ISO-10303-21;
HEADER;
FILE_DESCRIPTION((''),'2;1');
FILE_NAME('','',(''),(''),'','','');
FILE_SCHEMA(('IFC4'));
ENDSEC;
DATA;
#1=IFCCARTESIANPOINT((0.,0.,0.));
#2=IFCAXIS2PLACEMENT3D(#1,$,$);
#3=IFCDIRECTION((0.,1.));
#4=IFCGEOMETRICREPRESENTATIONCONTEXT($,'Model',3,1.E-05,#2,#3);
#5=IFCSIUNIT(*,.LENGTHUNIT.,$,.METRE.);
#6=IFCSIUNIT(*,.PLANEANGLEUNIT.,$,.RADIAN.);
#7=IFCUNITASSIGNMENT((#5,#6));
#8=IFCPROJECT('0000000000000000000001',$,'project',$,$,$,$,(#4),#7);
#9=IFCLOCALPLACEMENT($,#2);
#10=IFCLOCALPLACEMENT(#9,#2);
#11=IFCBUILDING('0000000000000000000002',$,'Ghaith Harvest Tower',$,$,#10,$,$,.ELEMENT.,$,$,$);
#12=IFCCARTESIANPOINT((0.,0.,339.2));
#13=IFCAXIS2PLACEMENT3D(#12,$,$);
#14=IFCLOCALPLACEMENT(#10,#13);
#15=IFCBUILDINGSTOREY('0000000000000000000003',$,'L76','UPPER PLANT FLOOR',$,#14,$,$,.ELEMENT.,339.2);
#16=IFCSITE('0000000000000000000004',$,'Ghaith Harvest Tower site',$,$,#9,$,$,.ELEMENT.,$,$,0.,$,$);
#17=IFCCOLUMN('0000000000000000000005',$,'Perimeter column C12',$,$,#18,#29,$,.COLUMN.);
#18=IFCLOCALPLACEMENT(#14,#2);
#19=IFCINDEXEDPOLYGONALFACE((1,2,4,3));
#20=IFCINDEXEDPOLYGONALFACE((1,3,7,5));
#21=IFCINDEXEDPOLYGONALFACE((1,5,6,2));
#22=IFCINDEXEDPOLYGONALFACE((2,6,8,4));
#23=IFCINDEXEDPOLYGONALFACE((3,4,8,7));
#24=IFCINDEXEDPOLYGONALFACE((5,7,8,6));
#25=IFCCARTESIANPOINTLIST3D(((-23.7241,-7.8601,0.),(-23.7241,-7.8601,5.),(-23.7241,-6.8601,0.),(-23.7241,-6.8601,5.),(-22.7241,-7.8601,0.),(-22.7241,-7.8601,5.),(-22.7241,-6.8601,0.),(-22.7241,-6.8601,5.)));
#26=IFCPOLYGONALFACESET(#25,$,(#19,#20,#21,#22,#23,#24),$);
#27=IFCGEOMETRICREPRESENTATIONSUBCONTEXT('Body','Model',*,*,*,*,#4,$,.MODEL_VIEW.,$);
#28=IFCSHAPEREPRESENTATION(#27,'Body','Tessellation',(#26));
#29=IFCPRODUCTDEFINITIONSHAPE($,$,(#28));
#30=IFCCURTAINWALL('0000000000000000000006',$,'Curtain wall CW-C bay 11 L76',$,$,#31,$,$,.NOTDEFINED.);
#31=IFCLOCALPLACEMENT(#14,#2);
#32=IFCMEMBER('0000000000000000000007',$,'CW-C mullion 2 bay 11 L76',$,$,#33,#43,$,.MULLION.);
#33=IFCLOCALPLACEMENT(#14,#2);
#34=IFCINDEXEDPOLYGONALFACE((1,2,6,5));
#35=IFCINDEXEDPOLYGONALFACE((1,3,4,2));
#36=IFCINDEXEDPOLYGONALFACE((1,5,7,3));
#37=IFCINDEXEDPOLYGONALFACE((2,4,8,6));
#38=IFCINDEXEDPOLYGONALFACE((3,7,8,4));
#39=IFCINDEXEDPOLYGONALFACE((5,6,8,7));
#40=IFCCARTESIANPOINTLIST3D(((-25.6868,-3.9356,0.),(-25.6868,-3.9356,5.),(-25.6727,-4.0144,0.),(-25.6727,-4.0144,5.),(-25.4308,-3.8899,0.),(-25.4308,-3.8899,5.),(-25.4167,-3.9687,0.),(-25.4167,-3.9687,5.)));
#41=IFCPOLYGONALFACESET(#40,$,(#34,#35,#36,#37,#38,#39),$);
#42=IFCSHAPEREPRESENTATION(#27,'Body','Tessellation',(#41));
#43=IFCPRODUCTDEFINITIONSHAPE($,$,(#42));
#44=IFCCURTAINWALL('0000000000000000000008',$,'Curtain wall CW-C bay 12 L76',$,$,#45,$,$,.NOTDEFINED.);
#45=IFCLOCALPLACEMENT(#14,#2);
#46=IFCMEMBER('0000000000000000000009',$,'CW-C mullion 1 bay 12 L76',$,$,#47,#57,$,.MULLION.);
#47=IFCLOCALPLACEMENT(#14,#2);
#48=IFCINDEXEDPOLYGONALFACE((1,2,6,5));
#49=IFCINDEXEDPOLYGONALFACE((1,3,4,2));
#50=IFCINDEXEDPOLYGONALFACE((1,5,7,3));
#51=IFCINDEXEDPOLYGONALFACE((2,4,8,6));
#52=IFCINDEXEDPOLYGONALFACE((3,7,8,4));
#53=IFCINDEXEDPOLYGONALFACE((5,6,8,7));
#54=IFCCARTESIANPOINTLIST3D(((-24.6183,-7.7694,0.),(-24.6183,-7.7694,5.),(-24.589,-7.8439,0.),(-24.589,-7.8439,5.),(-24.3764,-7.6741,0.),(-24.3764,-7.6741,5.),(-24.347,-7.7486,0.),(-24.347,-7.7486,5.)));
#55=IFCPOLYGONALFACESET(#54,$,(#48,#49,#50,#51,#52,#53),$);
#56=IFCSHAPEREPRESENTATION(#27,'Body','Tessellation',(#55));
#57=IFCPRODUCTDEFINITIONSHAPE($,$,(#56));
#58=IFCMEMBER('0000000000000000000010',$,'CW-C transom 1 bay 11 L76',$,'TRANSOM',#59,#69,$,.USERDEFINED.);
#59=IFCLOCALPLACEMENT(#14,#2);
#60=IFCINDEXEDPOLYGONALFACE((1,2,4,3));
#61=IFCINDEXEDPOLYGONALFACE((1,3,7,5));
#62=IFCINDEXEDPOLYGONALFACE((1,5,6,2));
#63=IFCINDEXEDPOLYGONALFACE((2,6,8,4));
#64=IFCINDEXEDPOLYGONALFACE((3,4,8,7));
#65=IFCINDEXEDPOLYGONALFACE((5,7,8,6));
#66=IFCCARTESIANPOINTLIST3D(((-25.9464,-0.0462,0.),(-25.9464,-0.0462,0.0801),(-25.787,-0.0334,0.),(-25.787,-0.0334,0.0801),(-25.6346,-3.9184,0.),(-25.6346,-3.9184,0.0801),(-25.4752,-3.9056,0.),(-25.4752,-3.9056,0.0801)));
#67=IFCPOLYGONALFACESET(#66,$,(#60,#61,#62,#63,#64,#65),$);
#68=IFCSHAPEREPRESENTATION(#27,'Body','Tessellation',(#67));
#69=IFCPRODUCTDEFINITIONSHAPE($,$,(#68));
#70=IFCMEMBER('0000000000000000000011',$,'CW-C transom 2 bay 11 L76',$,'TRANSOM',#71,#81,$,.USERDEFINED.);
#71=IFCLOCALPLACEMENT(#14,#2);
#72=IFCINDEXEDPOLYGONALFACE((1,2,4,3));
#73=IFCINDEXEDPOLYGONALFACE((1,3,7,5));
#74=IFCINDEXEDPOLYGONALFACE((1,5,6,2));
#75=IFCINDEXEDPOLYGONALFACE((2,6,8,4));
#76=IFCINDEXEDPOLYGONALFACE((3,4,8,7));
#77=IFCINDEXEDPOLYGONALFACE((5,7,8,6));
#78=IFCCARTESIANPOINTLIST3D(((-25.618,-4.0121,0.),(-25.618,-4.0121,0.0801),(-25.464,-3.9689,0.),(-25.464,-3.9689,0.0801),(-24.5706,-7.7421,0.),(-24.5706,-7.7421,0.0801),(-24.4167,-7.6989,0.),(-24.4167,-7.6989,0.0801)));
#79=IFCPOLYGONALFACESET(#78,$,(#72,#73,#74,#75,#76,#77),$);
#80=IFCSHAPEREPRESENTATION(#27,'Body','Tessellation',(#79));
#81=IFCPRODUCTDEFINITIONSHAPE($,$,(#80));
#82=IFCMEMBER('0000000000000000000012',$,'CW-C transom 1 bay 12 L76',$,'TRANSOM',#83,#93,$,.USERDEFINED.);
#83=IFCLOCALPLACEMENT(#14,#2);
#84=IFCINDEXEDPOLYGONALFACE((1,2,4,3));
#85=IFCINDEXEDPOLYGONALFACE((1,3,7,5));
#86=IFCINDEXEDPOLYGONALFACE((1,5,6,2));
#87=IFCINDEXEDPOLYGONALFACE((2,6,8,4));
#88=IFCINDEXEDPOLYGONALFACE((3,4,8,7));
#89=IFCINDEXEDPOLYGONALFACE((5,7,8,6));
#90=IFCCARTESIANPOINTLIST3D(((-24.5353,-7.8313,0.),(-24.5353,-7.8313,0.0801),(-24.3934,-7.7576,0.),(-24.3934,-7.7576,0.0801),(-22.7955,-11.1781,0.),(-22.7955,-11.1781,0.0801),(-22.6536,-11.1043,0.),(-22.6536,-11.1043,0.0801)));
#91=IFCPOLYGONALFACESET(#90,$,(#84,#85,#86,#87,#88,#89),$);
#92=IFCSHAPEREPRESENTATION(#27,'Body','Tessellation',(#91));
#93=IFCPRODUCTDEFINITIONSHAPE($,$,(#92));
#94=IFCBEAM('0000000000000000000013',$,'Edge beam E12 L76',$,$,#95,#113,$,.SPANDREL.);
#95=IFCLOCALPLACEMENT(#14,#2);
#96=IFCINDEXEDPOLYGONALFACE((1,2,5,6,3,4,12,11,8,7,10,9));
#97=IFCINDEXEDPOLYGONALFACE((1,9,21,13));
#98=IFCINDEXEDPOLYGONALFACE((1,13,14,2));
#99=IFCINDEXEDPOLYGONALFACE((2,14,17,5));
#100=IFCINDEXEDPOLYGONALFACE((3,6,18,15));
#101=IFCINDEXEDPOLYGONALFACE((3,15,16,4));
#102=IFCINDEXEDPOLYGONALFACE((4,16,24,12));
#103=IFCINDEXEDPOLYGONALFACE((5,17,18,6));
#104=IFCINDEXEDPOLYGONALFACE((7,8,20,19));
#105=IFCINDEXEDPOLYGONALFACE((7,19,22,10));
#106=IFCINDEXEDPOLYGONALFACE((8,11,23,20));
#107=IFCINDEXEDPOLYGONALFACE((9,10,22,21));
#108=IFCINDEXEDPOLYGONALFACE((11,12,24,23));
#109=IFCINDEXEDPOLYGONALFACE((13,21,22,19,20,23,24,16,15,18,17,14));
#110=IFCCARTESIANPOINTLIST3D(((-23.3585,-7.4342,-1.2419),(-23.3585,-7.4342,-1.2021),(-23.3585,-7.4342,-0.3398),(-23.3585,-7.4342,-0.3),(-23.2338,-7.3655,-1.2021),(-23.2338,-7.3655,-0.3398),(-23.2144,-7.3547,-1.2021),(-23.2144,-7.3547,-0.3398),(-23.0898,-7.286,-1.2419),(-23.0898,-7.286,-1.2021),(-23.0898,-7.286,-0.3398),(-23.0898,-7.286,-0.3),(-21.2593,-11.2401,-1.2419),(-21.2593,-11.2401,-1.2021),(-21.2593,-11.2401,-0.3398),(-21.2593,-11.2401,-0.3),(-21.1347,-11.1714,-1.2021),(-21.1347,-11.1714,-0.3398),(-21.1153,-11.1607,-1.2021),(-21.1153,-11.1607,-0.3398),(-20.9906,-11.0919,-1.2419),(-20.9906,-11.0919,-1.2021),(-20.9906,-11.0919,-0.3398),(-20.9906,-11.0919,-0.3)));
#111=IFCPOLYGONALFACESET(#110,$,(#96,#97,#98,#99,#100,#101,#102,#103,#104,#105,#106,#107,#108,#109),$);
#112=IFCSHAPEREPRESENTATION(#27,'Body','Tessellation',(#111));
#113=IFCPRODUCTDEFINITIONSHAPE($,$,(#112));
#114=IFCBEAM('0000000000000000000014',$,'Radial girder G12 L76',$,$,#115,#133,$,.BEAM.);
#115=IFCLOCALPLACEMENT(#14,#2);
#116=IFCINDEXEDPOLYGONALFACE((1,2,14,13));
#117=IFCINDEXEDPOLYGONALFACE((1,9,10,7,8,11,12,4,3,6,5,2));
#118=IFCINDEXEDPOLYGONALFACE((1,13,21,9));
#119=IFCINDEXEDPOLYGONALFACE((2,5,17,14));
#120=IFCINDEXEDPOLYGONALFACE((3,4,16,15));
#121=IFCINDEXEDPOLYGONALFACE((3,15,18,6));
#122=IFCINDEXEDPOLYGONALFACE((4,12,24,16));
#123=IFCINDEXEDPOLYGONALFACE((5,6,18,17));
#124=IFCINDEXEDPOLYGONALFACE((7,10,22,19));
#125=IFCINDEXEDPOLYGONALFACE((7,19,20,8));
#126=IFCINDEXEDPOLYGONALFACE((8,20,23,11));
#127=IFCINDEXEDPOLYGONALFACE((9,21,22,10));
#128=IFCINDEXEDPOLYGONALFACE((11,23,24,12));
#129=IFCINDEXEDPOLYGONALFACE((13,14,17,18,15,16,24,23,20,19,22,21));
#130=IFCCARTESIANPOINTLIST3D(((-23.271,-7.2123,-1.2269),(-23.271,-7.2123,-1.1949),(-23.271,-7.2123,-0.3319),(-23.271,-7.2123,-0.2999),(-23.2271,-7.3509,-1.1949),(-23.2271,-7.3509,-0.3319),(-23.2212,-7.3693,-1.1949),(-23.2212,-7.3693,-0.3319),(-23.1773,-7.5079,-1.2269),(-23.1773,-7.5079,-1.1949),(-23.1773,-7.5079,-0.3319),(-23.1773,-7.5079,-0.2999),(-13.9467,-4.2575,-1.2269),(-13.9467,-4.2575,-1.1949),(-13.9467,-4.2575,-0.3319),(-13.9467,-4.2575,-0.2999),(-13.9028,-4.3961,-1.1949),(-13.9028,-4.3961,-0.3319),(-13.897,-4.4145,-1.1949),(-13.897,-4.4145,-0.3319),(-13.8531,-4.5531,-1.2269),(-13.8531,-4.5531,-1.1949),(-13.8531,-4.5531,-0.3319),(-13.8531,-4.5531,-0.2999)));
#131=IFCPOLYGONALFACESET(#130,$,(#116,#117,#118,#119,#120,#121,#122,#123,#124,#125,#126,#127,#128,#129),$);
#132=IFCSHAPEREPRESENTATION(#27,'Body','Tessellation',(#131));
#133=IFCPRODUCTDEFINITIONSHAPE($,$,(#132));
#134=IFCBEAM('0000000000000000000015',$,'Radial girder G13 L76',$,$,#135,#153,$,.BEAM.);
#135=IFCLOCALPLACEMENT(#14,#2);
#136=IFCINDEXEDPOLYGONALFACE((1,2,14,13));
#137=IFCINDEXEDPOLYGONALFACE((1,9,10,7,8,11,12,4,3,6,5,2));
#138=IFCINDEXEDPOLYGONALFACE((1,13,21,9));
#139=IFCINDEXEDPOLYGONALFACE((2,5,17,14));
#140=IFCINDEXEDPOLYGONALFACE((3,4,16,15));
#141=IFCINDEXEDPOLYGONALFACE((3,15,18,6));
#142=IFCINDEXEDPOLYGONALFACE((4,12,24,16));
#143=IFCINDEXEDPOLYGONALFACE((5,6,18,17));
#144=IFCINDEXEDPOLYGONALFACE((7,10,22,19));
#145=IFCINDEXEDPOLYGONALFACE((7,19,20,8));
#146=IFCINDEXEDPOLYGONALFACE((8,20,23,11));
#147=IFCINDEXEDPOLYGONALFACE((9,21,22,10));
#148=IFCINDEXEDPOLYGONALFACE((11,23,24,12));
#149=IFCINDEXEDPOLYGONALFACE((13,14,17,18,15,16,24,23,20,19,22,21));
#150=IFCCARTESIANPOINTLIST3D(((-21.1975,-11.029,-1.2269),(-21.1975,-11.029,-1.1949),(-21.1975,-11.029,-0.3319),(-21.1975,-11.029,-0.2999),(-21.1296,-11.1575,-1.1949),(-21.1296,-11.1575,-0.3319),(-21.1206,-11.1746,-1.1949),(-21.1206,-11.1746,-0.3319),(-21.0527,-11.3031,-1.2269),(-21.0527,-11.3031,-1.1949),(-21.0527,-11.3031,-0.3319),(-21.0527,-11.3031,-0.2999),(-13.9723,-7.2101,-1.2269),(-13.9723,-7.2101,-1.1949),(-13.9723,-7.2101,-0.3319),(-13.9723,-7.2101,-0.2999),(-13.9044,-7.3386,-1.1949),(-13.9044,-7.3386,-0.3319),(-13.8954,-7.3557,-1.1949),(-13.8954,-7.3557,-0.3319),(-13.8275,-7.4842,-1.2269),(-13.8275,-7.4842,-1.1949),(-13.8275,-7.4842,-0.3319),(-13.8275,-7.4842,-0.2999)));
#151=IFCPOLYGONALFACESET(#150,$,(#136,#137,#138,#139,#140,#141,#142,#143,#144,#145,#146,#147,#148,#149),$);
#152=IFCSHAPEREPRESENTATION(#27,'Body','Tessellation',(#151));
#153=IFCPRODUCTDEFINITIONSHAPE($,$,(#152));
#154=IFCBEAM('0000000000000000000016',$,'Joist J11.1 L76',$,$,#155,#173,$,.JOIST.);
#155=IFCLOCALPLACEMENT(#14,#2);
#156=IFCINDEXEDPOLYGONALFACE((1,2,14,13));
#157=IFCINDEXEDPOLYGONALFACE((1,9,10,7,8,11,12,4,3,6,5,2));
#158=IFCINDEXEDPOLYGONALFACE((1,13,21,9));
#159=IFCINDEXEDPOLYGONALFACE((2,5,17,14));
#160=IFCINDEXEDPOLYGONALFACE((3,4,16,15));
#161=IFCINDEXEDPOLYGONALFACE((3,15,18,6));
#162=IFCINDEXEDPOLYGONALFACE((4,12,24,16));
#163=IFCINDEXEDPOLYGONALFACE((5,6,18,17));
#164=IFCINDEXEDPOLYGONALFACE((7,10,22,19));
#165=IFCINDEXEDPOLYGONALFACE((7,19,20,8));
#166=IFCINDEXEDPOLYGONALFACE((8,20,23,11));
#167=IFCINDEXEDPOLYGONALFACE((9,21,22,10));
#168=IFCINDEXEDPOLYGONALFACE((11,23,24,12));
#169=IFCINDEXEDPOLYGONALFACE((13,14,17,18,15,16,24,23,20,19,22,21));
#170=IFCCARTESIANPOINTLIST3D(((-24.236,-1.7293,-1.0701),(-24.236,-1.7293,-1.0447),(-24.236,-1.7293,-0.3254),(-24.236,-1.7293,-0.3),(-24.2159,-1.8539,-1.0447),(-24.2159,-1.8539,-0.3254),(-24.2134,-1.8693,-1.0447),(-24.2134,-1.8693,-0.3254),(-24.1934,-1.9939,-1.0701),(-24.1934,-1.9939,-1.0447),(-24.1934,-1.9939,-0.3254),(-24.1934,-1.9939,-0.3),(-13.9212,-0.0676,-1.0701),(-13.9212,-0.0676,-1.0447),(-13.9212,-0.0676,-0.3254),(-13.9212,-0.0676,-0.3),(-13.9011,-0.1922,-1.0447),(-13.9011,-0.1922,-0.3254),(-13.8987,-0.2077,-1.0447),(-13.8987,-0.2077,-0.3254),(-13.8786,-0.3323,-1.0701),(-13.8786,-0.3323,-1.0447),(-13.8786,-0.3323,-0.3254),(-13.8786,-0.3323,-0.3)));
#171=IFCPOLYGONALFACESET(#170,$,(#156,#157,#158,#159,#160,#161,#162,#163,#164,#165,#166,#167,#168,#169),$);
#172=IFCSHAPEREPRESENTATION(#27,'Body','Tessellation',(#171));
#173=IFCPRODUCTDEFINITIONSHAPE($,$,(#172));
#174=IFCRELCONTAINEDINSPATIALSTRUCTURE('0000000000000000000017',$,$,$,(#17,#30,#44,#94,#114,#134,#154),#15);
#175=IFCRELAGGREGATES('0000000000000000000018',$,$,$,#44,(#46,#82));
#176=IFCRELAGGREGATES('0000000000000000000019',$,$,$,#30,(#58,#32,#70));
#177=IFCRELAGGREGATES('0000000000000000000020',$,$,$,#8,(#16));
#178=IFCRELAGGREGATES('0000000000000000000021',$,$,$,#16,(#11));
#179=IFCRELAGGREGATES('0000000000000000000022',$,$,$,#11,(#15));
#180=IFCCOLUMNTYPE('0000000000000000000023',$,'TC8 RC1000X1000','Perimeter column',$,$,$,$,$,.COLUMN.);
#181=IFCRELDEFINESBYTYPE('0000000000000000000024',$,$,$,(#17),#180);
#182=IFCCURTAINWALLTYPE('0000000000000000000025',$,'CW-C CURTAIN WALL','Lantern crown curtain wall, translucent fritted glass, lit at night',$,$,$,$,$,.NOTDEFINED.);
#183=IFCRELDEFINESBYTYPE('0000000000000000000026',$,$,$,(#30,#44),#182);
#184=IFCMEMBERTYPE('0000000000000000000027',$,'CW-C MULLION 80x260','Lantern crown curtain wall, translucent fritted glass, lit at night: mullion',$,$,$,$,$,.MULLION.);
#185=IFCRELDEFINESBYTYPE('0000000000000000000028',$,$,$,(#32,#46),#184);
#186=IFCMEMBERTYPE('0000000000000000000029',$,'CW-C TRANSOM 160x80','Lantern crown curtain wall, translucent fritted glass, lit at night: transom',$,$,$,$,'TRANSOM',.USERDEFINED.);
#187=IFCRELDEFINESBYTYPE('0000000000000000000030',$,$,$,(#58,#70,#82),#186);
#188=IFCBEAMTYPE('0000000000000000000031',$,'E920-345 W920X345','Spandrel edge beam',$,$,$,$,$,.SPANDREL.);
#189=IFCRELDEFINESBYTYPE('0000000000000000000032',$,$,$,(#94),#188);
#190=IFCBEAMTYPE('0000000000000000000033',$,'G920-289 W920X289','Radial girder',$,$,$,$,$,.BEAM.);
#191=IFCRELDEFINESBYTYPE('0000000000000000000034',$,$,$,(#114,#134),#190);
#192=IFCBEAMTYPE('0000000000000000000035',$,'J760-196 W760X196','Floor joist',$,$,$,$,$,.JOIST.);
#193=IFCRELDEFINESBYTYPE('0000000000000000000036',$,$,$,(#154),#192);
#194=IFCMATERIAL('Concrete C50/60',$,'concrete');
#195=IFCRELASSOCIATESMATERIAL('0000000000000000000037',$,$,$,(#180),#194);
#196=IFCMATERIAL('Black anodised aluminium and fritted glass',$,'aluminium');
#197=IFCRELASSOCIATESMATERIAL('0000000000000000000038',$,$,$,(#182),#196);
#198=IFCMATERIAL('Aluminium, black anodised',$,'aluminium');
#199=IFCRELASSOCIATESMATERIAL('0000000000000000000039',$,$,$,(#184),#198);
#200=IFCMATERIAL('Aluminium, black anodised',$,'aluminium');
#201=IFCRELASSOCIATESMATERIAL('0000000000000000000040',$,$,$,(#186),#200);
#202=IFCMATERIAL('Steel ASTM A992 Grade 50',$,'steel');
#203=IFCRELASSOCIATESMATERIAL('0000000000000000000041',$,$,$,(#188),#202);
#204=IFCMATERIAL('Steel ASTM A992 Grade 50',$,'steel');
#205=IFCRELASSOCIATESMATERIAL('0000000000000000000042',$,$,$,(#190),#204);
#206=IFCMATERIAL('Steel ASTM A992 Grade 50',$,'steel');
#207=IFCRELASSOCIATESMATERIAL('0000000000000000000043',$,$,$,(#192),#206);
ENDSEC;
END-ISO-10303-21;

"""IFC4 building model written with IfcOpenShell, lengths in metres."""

from ifc_helpers import new_model, si_unit, direction, frame, origin, origin_2d, place, context, subcontext, project, spatial, rectangle, i_section, extrude, material, material_profile, profile_set, type_object, element, aggregate, save


model = new_model("IFC4")

# Units and contexts
model_context = context("Model", 3, precision=1e-05, world=origin(), true_north=direction((0.0, 1.0)))
body_context = subcontext(model_context, "Body", "Model", "MODEL_VIEW")
ifc_project = project(units=[si_unit("LENGTHUNIT", "METRE"), si_unit("PLANEANGLEUNIT", "RADIAN")], contexts=[model_context])

# Site, building, storey
site_placement = place(None, origin())
site = spatial("IfcSite", under=ifc_project, at=site_placement, Name="Ghaith Harvest Tower site", CompositionType="ELEMENT", RefElevation=0.0)
building_placement = place(site_placement, origin())
building = spatial("IfcBuilding", under=site, at=building_placement, Name="Ghaith Harvest Tower", CompositionType="ELEMENT")
storey_placement = place(building_placement, frame((0.0, 0.0, 339.2)))
storey = spatial("IfcBuildingStorey", under=building, at=storey_placement, Name="L76", Description="UPPER PLANT FLOOR", CompositionType="ELEMENT", Elevation=339.2)

# Column
ifc_material_1 = material(Name="Concrete C50/60", Category="concrete")
ifc_material_profile_1 = material_profile(ifc_material_1, rectangle(XDim=1.0, YDim=1.0, at=origin_2d()), Name="RC1000X1000")
ifc_profile_set_1 = profile_set([ifc_material_profile_1], Name="Concrete C50/60")
column_type = type_object("IfcColumnType", Name="TC8 RC1000X1000", Description="Perimeter column", PredefinedType="COLUMN", material=ifc_profile_set_1)
column_placement = place(storey_placement, frame((-23.2241, -7.3601, 0.0), z_axis=(0.0, 0.0, 1.0), x_axis=(1.0, 0.0, 0.0)))
element("IfcColumn", 1, at=column_placement, inside=storey, type_object=column_type, Name="Perimeter column C12", PredefinedType="COLUMN", context=body_context, shape_type="SweptSolid", body=[
    extrude(rectangle(XDim=1.0, YDim=1.0, at=origin_2d()), origin(), (0.0, 0.0, 1.0), 5.0),
])

# Curtain walls, members
ifc_material_2 = material(Name="Black anodised aluminium and fritted glass", Category="aluminium")
curtain_wall_type = type_object("IfcCurtainWallType", Name="CW-C CURTAIN WALL", Description="Lantern crown curtain wall, translucent fritted glass, lit at night", PredefinedType="NOTDEFINED", material=ifc_material_2)
curtain_wall_1_placement = place(storey_placement, origin())
curtain_wall_1 = element("IfcCurtainWall", 2, at=curtain_wall_1_placement, inside=storey, type_object=curtain_wall_type, Name="Curtain wall CW-C bay 11 L76", PredefinedType="NOTDEFINED")
ifc_material_3 = material(Name="Aluminium, black anodised", Category="aluminium")
ifc_material_profile_2 = material_profile(ifc_material_3, rectangle(XDim=0.0801, YDim=0.26, at=origin_2d()), Name="CW-C MULLION 80x260")
ifc_profile_set_2 = profile_set([ifc_material_profile_2], Name="Aluminium, black anodised")
member_type_1 = type_object("IfcMemberType", Name="CW-C MULLION 80x260", Description="Lantern crown curtain wall, translucent fritted glass, lit at night: mullion", PredefinedType="MULLION", material=ifc_profile_set_2)
member_1_placement = place(storey_placement, frame((-25.5518, -3.9521, 0.0), z_axis=(0.0, 0.0, 1.0), x_axis=(0.176001, -0.98439, 0.0)))
member_1 = element("IfcMember", 3, at=member_1_placement, type_object=member_type_1, Name="CW-C mullion 2 bay 11 L76", PredefinedType="MULLION", context=body_context, shape_type="SweptSolid", body=[
    extrude(rectangle(XDim=0.0801, YDim=0.26, at=origin_2d()), origin(), (0.0, 0.0, 1.0), 5.0),
])
curtain_wall_2_placement = place(storey_placement, origin())
curtain_wall_2 = element("IfcCurtainWall", 4, at=curtain_wall_2_placement, inside=storey, type_object=curtain_wall_type, Name="Curtain wall CW-C bay 12 L76", PredefinedType="NOTDEFINED")
member_2_placement = place(storey_placement, frame((-24.4827, -7.759, 0.0), z_axis=(0.0, 0.0, 1.0), x_axis=(0.366473, -0.930429, 0.0)))
member_2 = element("IfcMember", 5, at=member_2_placement, type_object=member_type_1, Name="CW-C mullion 1 bay 12 L76", PredefinedType="MULLION", context=body_context, shape_type="SweptSolid", body=[
    extrude(rectangle(XDim=0.0801, YDim=0.26, at=origin_2d()), origin(), (0.0, 0.0, 1.0), 5.0),
])

# Members
ifc_material_4 = material(Name="Aluminium, black anodised", Category="aluminium")
ifc_material_profile_3 = material_profile(ifc_material_4, rectangle(XDim=0.1599, YDim=0.0801, at=origin_2d()), Name="CW-C TRANSOM 160x80")
ifc_profile_set_3 = profile_set([ifc_material_profile_3], Name="Aluminium, black anodised")
member_type_2 = type_object("IfcMemberType", Name="CW-C TRANSOM 160x80", Description="Lantern crown curtain wall, translucent fritted glass, lit at night: transom", ElementType="TRANSOM", PredefinedType="USERDEFINED", material=ifc_profile_set_3)
member_3_placement = place(storey_placement, frame((-25.8667, -0.0398, 0.04), z_axis=(0.080252, -0.996775, 0.0), x_axis=(0.996775, 0.080252, 0.0)))
member_3 = element("IfcMember", 6, at=member_3_placement, type_object=member_type_2, Name="CW-C transom 1 bay 11 L76", ObjectType="TRANSOM", PredefinedType="USERDEFINED", context=body_context, shape_type="SweptSolid", body=[
    extrude(rectangle(XDim=0.1599, YDim=0.0801, at=origin_2d()), origin(), (0.0, 0.0, 1.0), 3.8848),
])
member_4_placement = place(storey_placement, frame((-25.541, -3.9905, 0.04), z_axis=(0.27034, -0.962765, 0.0), x_axis=(0.962765, 0.27034, 0.0)))
member_4 = element("IfcMember", 7, at=member_4_placement, type_object=member_type_2, Name="CW-C transom 2 bay 11 L76", ObjectType="TRANSOM", PredefinedType="USERDEFINED", context=body_context, shape_type="SweptSolid", body=[
    extrude(rectangle(XDim=0.1599, YDim=0.0801, at=origin_2d()), origin(), (0.0, 0.0, 1.0), 3.8743),
])
member_5_placement = place(storey_placement, frame((-24.4644, -7.7944, 0.04), z_axis=(0.461243, -0.887274, 0.0), x_axis=(0.887274, 0.461243, 0.0)))
member_5 = element("IfcMember", 8, at=member_5_placement, type_object=member_type_2, Name="CW-C transom 1 bay 12 L76", ObjectType="TRANSOM", PredefinedType="USERDEFINED", context=body_context, shape_type="SweptSolid", body=[
    extrude(rectangle(XDim=0.1599, YDim=0.0801, at=origin_2d()), origin(), (0.0, 0.0, 1.0), 3.772),
])
aggregate(curtain_wall_2, [member_2, member_5])

# Beams
ifc_material_5 = material(Name="Steel ASTM A992 Grade 50", Category="steel")
ifc_material_profile_4 = material_profile(ifc_material_5, i_section(OverallWidth=0.3069, OverallDepth=0.9419, WebThickness=0.0222, FlangeThickness=0.0398, at=origin_2d()), Name="W920X345")
ifc_profile_set_4 = profile_set([ifc_material_profile_4], Name="Steel ASTM A992 Grade 50")
beam_type_1 = type_object("IfcBeamType", Name="E920-345 W920X345", Description="Spandrel edge beam", PredefinedType="SPANDREL", material=ifc_profile_set_4)
beam_1_placement = place(storey_placement, frame((-23.2241, -7.3601, -0.771), z_axis=(0.482956, -0.875645, 0.0), x_axis=(0.875645, 0.482956, 0.0)))
element("IfcBeam", 9, at=beam_1_placement, inside=storey, type_object=beam_type_1, Name="Edge beam E12 L76", PredefinedType="SPANDREL", context=body_context, shape_type="SweptSolid", body=[
    extrude(i_section(OverallWidth=0.3069, OverallDepth=0.9419, WebThickness=0.0222, FlangeThickness=0.0398, at=origin_2d()), origin(), (0.0, 0.0, 1.0), 4.3464),
])
ifc_material_6 = material(Name="Steel ASTM A992 Grade 50", Category="steel")
ifc_material_profile_5 = material_profile(ifc_material_6, i_section(OverallWidth=0.3101, OverallDepth=0.927, WebThickness=0.0193, FlangeThickness=0.032, at=origin_2d()), Name="W920X289")
ifc_profile_set_5 = profile_set([ifc_material_profile_5], Name="Steel ASTM A992 Grade 50")
beam_type_2 = type_object("IfcBeamType", Name="G920-289 W920X289", Description="Radial girder", PredefinedType="BEAM", material=ifc_profile_set_5)
beam_2_placement = place(storey_placement, frame((-13.8999, -4.4053, -0.7634), z_axis=(-0.953279, -0.302093, 0.0), x_axis=(0.302093, -0.953279, 0.0)))
element("IfcBeam", 10, at=beam_2_placement, inside=storey, type_object=beam_type_2, Name="Radial girder G12 L76", PredefinedType="BEAM", context=body_context, shape_type="SweptSolid", body=[
    extrude(i_section(OverallWidth=0.3101, OverallDepth=0.927, WebThickness=0.0193, FlangeThickness=0.032, at=origin_2d()), origin(), (0.0, 0.0, 1.0), 9.7812),
])
beam_3_placement = place(storey_placement, frame((-13.8999, -7.3472, -0.7634), z_axis=(-0.884102, -0.467295, 0.0), x_axis=(0.467295, -0.884102, 0.0)))
element("IfcBeam", 11, at=beam_3_placement, inside=storey, type_object=beam_type_2, Name="Radial girder G13 L76", PredefinedType="BEAM", context=body_context, shape_type="SweptSolid", body=[
    extrude(i_section(OverallWidth=0.3101, OverallDepth=0.927, WebThickness=0.0193, FlangeThickness=0.032, at=origin_2d()), origin(), (0.0, 0.0, 1.0), 8.1724),
])
ifc_material_7 = material(Name="Steel ASTM A992 Grade 50", Category="steel")
ifc_material_profile_6 = material_profile(ifc_material_7, i_section(OverallWidth=0.2681, OverallDepth=0.77, WebThickness=0.0156, FlangeThickness=0.0254, at=origin_2d()), Name="W760X196")
ifc_profile_set_6 = profile_set([ifc_material_profile_6], Name="Steel ASTM A992 Grade 50")
beam_type_3 = type_object("IfcBeamType", Name="J760-196 W760X196", Description="Floor joist", PredefinedType="JOIST", material=ifc_profile_set_6)
beam_4_placement = place(storey_placement, frame((-13.8999, -0.2, -0.6851), z_axis=(-0.987272, -0.159042, 0.0), x_axis=(0.159042, -0.987272, 0.0)))
element("IfcBeam", 12, at=beam_4_placement, inside=storey, type_object=beam_type_3, Name="Joist J11.1 L76", PredefinedType="JOIST", context=body_context, shape_type="SweptSolid", body=[
    extrude(i_section(OverallWidth=0.2681, OverallDepth=0.77, WebThickness=0.0156, FlangeThickness=0.0254, at=origin_2d()), origin(), (0.0, 0.0, 1.0), 10.4478),
])

aggregate(curtain_wall_1, [member_3, member_1, member_4])

save(model, "model.ifc")
